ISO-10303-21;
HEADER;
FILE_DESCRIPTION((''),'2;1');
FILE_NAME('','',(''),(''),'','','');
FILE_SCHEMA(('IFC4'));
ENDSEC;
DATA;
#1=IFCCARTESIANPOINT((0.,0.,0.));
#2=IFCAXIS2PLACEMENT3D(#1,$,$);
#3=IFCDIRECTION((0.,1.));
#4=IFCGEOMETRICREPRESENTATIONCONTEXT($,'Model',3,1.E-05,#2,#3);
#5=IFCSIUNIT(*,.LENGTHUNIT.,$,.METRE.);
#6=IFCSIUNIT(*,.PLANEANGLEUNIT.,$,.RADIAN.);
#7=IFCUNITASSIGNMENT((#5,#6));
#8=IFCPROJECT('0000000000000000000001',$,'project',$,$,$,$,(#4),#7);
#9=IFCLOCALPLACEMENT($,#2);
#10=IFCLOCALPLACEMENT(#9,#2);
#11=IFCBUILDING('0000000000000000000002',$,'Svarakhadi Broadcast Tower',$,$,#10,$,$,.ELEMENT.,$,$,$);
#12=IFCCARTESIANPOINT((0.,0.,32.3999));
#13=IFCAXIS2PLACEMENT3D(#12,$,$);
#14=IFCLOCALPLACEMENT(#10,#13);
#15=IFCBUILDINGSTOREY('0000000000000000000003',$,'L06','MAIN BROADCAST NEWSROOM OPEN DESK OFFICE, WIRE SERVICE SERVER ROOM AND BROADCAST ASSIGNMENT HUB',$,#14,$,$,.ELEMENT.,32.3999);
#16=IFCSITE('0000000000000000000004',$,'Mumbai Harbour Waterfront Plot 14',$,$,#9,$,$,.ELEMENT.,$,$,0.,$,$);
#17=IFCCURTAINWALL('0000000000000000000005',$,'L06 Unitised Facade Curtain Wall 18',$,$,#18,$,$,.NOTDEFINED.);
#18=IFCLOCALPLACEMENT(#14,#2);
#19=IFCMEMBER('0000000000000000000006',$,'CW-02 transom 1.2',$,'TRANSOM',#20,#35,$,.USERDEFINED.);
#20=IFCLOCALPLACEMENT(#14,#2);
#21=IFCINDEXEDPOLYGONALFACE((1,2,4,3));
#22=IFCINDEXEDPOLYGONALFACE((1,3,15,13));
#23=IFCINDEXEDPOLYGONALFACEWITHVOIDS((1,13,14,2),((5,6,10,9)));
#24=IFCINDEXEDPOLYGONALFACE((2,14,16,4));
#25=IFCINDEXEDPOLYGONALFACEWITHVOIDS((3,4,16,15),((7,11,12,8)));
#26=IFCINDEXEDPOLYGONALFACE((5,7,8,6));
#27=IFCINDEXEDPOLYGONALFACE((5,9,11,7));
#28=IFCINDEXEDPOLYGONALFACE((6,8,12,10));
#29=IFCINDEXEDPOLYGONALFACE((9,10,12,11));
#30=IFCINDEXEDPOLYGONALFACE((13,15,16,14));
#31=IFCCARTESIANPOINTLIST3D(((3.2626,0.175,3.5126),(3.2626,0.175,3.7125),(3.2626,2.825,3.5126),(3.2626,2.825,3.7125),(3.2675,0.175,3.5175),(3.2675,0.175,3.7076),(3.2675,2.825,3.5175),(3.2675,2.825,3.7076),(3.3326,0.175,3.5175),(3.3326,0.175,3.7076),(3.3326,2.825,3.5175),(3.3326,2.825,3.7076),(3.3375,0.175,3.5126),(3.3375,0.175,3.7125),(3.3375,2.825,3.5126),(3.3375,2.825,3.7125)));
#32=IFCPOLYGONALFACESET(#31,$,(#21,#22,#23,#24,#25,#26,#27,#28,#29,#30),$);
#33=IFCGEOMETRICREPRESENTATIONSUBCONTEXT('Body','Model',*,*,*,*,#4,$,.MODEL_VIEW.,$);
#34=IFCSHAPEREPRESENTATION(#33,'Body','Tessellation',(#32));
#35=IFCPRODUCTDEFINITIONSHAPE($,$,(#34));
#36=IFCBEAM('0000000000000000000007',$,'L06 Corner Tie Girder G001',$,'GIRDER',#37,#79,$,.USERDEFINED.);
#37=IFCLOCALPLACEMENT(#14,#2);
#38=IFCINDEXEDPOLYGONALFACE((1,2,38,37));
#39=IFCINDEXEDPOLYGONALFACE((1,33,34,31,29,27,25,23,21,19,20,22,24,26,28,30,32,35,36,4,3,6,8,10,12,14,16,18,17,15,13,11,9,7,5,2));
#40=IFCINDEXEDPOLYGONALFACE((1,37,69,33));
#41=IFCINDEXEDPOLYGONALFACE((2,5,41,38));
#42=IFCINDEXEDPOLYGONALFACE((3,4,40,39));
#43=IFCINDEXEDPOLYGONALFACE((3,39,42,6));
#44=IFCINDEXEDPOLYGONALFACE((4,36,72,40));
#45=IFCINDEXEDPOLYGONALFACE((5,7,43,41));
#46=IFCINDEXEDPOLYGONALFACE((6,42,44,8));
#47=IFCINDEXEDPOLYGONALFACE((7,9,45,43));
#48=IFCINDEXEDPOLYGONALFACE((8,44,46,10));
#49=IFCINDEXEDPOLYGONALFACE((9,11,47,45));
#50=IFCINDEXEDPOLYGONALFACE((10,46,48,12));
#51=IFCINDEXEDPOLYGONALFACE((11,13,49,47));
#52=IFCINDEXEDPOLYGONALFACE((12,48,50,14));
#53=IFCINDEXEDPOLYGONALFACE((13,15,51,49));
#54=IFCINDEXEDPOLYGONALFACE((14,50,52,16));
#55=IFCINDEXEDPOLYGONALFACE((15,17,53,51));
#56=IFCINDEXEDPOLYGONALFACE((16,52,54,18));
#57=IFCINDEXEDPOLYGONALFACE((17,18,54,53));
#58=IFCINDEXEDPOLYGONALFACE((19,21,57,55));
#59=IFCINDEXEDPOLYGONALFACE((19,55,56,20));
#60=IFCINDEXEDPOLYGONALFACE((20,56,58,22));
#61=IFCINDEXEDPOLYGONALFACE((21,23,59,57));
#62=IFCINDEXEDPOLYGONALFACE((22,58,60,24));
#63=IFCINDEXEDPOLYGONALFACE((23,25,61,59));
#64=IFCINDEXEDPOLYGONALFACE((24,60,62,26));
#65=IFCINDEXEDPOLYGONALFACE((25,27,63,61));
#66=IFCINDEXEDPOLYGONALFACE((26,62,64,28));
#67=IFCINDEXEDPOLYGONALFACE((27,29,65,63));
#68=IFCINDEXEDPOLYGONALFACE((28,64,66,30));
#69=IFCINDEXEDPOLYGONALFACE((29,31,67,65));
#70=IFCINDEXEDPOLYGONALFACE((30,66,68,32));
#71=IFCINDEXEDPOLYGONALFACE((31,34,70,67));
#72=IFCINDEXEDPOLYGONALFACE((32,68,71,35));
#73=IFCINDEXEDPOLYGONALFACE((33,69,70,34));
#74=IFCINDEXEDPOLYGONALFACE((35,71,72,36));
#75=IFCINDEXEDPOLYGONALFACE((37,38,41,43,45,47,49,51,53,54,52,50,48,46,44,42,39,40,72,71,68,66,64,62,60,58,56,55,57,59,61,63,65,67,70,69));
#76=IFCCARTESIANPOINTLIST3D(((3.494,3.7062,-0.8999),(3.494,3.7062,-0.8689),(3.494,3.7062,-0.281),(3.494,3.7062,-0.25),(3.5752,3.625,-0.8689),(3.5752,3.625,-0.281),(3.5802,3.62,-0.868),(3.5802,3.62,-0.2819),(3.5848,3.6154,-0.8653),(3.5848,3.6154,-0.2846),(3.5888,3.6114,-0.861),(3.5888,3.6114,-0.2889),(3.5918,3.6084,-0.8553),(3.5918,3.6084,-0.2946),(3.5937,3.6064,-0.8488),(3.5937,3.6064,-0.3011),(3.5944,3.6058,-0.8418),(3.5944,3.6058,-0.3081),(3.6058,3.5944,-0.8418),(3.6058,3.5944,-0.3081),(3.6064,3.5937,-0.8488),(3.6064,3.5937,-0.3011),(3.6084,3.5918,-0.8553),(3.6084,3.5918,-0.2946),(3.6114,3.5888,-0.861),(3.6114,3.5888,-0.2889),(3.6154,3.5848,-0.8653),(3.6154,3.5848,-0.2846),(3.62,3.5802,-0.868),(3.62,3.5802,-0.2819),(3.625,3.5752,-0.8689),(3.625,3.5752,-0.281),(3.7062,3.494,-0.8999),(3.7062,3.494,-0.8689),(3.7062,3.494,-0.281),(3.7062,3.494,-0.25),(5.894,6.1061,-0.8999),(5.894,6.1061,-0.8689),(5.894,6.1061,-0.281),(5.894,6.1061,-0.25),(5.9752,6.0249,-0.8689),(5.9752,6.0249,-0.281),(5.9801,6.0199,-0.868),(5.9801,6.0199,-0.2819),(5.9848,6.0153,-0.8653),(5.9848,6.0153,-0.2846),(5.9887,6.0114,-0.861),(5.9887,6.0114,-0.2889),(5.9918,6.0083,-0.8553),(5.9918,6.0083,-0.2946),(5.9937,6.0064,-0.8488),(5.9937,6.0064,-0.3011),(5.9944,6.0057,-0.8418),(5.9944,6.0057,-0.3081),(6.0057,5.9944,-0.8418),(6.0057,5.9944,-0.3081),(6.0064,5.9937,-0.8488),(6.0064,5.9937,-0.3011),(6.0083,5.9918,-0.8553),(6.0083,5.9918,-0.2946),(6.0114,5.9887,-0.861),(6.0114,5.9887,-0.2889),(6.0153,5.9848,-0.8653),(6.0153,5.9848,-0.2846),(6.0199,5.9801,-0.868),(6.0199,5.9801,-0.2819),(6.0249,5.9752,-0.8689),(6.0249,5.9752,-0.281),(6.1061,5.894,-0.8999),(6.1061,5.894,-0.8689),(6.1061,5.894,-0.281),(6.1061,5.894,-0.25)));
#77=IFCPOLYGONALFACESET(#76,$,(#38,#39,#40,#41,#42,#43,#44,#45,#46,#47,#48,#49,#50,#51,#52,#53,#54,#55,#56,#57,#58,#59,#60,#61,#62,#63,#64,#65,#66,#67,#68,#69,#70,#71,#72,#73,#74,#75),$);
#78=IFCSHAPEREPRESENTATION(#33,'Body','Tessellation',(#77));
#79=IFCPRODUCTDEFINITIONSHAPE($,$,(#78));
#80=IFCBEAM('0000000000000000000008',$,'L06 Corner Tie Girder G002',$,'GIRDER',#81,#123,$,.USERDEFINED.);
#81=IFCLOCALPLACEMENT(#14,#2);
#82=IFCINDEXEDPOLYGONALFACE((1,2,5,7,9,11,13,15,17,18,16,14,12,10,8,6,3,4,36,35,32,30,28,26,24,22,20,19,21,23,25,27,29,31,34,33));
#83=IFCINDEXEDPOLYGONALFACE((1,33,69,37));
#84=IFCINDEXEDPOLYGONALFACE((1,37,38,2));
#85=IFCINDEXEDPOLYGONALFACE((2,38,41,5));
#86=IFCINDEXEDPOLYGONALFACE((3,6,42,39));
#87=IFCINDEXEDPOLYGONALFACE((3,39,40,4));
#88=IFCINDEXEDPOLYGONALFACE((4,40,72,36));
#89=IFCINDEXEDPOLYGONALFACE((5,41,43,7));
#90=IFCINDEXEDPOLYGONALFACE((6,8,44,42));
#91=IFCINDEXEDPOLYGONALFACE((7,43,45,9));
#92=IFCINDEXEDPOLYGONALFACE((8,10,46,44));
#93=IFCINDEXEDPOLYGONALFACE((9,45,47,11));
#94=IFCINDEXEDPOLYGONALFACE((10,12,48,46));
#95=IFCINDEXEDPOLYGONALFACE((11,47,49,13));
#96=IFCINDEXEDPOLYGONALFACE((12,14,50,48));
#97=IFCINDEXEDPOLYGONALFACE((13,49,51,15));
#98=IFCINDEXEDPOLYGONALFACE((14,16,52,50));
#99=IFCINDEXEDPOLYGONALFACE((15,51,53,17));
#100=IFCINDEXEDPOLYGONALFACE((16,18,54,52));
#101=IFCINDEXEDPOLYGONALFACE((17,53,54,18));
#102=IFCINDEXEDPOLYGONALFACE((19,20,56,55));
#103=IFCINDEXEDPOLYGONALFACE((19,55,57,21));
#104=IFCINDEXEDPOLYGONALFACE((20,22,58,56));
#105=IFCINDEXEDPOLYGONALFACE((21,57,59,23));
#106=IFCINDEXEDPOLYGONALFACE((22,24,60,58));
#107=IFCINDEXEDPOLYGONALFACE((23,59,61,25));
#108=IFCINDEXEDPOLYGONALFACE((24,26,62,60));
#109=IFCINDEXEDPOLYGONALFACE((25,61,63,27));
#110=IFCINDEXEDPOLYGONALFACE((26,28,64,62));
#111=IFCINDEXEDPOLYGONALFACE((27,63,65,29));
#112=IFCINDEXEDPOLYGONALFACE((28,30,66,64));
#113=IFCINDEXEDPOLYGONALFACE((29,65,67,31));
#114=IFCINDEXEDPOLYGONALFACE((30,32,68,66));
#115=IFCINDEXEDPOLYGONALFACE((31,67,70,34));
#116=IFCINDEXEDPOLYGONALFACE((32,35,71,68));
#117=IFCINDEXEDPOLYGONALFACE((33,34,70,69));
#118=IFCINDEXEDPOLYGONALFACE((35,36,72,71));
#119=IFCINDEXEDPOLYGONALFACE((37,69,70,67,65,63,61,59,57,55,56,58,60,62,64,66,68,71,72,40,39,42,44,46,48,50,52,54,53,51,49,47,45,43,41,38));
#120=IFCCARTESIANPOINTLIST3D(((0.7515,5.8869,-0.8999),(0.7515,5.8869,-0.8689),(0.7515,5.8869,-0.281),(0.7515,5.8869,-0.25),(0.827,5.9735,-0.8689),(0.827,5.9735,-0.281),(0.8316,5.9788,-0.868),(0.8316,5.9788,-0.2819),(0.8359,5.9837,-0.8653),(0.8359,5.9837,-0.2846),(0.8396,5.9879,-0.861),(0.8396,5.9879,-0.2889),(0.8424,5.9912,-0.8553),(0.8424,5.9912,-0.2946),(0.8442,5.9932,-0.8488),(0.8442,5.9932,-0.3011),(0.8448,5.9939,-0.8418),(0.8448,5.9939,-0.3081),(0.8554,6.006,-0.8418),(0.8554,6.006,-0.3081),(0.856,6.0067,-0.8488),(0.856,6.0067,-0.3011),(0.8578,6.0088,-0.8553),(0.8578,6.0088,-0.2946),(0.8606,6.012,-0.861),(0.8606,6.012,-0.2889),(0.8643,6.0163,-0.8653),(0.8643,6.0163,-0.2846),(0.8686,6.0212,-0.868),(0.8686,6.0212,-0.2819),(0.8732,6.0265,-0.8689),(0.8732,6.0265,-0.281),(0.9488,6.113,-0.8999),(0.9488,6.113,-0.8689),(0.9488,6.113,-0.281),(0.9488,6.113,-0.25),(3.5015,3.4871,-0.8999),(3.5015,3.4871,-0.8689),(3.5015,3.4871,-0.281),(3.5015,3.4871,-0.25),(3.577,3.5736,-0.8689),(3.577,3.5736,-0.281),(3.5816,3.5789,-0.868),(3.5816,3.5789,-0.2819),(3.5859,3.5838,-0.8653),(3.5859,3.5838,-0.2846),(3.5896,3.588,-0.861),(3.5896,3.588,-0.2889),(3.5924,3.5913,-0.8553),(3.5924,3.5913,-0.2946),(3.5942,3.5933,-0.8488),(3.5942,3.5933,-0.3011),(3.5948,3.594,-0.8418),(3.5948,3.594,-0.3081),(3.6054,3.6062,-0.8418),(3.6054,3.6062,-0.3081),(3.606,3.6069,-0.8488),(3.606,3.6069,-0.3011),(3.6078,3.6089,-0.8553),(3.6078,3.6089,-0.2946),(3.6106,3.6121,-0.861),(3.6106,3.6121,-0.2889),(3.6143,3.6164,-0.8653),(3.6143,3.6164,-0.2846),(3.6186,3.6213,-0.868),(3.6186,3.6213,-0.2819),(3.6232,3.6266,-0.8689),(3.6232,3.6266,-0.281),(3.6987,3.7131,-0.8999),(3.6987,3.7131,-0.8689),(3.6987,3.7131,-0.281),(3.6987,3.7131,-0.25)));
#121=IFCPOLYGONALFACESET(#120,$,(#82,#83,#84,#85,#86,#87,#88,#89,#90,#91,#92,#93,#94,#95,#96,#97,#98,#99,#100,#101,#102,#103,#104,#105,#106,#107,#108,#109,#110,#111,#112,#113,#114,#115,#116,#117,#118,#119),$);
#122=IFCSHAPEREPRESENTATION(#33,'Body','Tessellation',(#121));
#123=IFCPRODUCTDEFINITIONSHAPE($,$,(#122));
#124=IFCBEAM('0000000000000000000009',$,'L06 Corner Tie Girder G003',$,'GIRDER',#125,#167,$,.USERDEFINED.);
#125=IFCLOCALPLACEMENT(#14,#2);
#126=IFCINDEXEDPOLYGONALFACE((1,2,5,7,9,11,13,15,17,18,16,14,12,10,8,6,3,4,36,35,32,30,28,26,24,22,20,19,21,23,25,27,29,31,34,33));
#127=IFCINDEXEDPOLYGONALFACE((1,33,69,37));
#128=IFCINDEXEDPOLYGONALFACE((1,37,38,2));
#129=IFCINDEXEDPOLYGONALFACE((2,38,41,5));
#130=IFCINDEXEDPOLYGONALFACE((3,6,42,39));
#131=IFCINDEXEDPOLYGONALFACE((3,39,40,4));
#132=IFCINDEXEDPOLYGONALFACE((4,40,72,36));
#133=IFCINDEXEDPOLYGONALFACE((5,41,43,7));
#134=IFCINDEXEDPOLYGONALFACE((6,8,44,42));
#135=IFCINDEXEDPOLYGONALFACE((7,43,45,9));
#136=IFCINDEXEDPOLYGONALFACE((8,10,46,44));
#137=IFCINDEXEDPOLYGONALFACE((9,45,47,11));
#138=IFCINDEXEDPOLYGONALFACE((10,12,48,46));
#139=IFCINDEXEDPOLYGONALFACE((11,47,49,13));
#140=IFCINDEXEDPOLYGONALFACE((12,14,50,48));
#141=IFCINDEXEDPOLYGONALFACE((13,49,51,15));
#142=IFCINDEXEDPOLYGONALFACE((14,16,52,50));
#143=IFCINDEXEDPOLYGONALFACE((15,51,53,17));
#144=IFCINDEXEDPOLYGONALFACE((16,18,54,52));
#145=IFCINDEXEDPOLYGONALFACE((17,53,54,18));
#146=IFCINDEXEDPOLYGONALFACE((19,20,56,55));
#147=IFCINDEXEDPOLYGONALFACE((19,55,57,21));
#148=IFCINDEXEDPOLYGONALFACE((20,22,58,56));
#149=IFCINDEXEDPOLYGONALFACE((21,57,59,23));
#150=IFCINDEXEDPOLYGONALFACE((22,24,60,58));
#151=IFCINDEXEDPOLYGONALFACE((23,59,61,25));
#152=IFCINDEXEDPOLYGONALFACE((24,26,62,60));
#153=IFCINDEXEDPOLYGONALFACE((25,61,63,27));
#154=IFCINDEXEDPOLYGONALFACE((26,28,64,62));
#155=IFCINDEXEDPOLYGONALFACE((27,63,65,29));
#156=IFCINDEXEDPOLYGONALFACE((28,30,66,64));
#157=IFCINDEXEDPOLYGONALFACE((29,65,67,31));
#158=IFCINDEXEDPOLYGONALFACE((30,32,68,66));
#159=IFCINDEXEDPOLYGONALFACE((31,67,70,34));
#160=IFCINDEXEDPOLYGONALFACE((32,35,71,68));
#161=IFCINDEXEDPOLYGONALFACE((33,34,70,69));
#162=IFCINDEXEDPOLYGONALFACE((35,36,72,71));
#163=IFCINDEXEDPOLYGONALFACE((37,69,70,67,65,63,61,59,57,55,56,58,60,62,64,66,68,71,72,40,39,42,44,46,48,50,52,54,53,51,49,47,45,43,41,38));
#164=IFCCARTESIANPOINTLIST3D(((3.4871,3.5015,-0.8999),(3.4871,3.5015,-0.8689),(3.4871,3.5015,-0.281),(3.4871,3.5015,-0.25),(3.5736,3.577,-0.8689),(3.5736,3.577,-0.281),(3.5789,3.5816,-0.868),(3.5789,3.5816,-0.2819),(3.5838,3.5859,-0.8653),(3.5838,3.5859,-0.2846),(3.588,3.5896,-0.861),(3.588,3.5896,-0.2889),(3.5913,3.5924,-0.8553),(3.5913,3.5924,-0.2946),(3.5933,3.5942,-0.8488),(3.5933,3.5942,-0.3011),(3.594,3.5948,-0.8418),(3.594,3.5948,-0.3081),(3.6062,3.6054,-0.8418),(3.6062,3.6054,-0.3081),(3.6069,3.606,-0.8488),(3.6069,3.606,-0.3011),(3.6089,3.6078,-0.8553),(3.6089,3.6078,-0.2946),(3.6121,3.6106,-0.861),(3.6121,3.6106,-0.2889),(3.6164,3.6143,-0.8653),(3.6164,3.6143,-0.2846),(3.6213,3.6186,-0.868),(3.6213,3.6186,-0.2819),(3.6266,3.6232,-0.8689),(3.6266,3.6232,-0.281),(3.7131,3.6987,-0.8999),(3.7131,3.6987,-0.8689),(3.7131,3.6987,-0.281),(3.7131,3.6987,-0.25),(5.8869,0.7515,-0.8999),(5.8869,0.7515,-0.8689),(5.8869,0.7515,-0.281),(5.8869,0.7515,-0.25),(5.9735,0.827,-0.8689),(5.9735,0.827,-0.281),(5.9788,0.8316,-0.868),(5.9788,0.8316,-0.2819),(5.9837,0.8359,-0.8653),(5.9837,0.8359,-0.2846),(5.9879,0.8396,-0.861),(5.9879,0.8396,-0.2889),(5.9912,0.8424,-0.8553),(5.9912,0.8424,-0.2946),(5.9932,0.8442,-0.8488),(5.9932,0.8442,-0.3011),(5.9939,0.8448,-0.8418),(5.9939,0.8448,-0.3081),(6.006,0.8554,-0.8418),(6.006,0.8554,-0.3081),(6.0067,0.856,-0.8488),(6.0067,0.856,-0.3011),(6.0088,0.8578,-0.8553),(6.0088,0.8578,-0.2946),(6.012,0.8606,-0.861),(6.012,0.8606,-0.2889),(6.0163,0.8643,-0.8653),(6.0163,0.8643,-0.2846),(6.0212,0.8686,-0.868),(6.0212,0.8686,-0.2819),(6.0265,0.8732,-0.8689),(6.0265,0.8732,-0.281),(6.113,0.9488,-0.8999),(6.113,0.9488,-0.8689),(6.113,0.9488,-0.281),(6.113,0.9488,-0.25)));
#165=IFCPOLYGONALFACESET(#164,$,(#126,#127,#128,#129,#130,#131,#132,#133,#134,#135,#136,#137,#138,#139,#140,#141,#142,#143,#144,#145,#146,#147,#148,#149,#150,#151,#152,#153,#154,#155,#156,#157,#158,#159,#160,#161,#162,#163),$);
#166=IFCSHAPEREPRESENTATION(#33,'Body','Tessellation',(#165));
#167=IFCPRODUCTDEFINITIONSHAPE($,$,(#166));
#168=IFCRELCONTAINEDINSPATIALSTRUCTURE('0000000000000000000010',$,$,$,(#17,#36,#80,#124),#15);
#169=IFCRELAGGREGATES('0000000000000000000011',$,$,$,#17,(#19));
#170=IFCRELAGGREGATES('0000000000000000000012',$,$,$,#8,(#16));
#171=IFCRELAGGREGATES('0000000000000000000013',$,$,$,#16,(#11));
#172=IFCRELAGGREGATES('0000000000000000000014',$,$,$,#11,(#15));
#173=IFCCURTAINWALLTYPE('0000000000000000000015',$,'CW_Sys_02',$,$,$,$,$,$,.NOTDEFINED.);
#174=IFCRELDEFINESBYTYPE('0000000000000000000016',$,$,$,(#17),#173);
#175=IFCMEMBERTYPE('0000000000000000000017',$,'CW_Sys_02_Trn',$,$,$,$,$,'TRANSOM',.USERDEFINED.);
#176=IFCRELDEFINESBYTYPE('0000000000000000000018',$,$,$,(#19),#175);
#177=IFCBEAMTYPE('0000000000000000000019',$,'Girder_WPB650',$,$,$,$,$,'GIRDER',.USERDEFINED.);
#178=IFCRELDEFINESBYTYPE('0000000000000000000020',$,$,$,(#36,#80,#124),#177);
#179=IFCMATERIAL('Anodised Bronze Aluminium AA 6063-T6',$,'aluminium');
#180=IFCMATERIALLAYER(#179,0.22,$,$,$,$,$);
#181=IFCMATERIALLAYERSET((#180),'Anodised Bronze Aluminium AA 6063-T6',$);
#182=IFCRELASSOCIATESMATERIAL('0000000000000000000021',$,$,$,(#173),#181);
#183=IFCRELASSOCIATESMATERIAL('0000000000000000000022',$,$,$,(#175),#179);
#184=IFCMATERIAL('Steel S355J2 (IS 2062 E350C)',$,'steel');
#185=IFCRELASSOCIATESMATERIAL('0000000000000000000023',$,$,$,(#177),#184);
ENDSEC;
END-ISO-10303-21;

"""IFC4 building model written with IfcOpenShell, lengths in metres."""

from ifc_helpers import new_model, si_unit, direction, frame, origin, origin_2d, place, context, subcontext, project, spatial, hollow_rectangle, i_section, extrude, material, layer, layer_set, material_profile, profile_set, type_object, element, aggregate, save


model = new_model("IFC4")

# Units and contexts
model_context = context("Model", 3, precision=1e-05, world=origin(), true_north=direction((0.0, 1.0)))
body_context = subcontext(model_context, "Body", "Model", "MODEL_VIEW")
ifc_project = project(units=[si_unit("LENGTHUNIT", "METRE"), si_unit("PLANEANGLEUNIT", "RADIAN")], contexts=[model_context])

# Site, building, storey
site_placement = place(None, origin())
site = spatial("IfcSite", under=ifc_project, at=site_placement, Name="Mumbai Harbour Waterfront Plot 14", CompositionType="ELEMENT", RefElevation=0.0)
building_placement = place(site_placement, origin())
building = spatial("IfcBuilding", under=site, at=building_placement, Name="Svarakhadi Broadcast Tower", CompositionType="ELEMENT")
storey_placement = place(building_placement, frame((0.0, 0.0, 32.3999)))
storey = spatial("IfcBuildingStorey", under=building, at=storey_placement, Name="L06", Description="MAIN BROADCAST NEWSROOM OPEN DESK OFFICE, WIRE SERVICE SERVER ROOM AND BROADCAST ASSIGNMENT HUB", CompositionType="ELEMENT", Elevation=32.3999)

# Shared definitions
ifc_material_1 = material(Name="Anodised Bronze Aluminium AA 6063-T6", Category="aluminium")
ifc_layer_1 = layer(ifc_material_1, 0.22)
ifc_layer_set_1 = layer_set([ifc_layer_1], Name="Anodised Bronze Aluminium AA 6063-T6")
curtain_wall_type = type_object("IfcCurtainWallType", Name="CW_Sys_02", PredefinedType="NOTDEFINED", material=ifc_layer_set_1)

# Curtain wall
curtain_wall_1_placement = place(storey_placement, origin())
curtain_wall_1 = element("IfcCurtainWall", 1, at=curtain_wall_1_placement, inside=storey, type_object=curtain_wall_type, Name="L06 Unitised Facade Curtain Wall 18", PredefinedType="NOTDEFINED")

# Member
ifc_material_profile_1 = material_profile(ifc_material_1, hollow_rectangle(XDim=0.075, YDim=0.2, WallThickness=0.0049, at=origin_2d()), Name="ALU TRANSOM 200x75x5")
ifc_profile_set_1 = profile_set([ifc_material_profile_1], Name="Anodised Bronze Aluminium AA 6063-T6")
member_type_1 = type_object("IfcMemberType", Name="CW_Sys_02_Trn", ElementType="TRANSOM", PredefinedType="USERDEFINED", material=ifc_profile_set_1)
member_1_placement = place(storey_placement, frame((3.3, 0.175, 3.6125), z_axis=(0.0, 1.0, 0.0), x_axis=(-1.0, 0.0, 0.0)))
member_1 = element("IfcMember", 2, at=member_1_placement, type_object=member_type_1, Name="CW-02 transom 1.2", ObjectType="TRANSOM", PredefinedType="USERDEFINED", context=body_context, shape_type="SweptSolid", body=[
    extrude(hollow_rectangle(XDim=0.075, YDim=0.2, WallThickness=0.0049, at=origin_2d()), origin(), (0.0, 0.0, 1.0), 2.6499),
])

# Beams
ifc_material_2 = material(Name="Steel S355J2 (IS 2062 E350C)", Category="steel")
ifc_material_profile_2 = material_profile(ifc_material_2, i_section(OverallWidth=0.3, OverallDepth=0.6499, WebThickness=0.0161, FlangeThickness=0.031, FilletRadius=0.0271, at=origin_2d()), Name="WPB 650x300x225")
ifc_profile_set_2 = profile_set([ifc_material_profile_2], Name="Steel S355J2 (IS 2062 E350C)")
beam_type = type_object("IfcBeamType", Name="Girder_WPB650", ElementType="GIRDER", PredefinedType="USERDEFINED", material=ifc_profile_set_2)
beam_1_placement = place(storey_placement, frame((3.6001, 3.6001, -0.575), z_axis=(0.707107, 0.707107, 0.0), x_axis=(-0.707107, 0.707107, 0.0)))
element("IfcBeam", 3, at=beam_1_placement, inside=storey, type_object=beam_type, Name="L06 Corner Tie Girder G001", ObjectType="GIRDER", PredefinedType="USERDEFINED", context=body_context, shape_type="SweptSolid", body=[
    extrude(i_section(OverallWidth=0.3, OverallDepth=0.6499, WebThickness=0.0161, FlangeThickness=0.031, FilletRadius=0.0271, at=origin_2d()), origin(), (0.0, 0.0, 1.0), 3.394),
])
for number, where, z_axis, x_axis, name in (
    (4, (3.6001, 3.6001, -0.575), (-0.753438, 0.657519, 0.0), (-0.657519, -0.753438, 0.0), "L06 Corner Tie Girder G002"),
    (5, (3.6001, 3.6001, -0.575), (0.657519, -0.753438, 0.0), (0.753438, 0.657519, 0.0), "L06 Corner Tie Girder G003"),
):
    element("IfcBeam", number, at=place(storey_placement, frame(where, z_axis=z_axis, x_axis=x_axis)), inside=storey, type_object=beam_type, Name=name, ObjectType="GIRDER", PredefinedType="USERDEFINED", context=body_context, shape_type="SweptSolid", body=[
        extrude(i_section(OverallWidth=0.3, OverallDepth=0.6499, WebThickness=0.0161, FlangeThickness=0.031, FilletRadius=0.0271, at=origin_2d()), origin(), (0.0, 0.0, 1.0), 3.6499),
    ])

aggregate(curtain_wall_1, [member_1])

save(model, "model.ifc")
